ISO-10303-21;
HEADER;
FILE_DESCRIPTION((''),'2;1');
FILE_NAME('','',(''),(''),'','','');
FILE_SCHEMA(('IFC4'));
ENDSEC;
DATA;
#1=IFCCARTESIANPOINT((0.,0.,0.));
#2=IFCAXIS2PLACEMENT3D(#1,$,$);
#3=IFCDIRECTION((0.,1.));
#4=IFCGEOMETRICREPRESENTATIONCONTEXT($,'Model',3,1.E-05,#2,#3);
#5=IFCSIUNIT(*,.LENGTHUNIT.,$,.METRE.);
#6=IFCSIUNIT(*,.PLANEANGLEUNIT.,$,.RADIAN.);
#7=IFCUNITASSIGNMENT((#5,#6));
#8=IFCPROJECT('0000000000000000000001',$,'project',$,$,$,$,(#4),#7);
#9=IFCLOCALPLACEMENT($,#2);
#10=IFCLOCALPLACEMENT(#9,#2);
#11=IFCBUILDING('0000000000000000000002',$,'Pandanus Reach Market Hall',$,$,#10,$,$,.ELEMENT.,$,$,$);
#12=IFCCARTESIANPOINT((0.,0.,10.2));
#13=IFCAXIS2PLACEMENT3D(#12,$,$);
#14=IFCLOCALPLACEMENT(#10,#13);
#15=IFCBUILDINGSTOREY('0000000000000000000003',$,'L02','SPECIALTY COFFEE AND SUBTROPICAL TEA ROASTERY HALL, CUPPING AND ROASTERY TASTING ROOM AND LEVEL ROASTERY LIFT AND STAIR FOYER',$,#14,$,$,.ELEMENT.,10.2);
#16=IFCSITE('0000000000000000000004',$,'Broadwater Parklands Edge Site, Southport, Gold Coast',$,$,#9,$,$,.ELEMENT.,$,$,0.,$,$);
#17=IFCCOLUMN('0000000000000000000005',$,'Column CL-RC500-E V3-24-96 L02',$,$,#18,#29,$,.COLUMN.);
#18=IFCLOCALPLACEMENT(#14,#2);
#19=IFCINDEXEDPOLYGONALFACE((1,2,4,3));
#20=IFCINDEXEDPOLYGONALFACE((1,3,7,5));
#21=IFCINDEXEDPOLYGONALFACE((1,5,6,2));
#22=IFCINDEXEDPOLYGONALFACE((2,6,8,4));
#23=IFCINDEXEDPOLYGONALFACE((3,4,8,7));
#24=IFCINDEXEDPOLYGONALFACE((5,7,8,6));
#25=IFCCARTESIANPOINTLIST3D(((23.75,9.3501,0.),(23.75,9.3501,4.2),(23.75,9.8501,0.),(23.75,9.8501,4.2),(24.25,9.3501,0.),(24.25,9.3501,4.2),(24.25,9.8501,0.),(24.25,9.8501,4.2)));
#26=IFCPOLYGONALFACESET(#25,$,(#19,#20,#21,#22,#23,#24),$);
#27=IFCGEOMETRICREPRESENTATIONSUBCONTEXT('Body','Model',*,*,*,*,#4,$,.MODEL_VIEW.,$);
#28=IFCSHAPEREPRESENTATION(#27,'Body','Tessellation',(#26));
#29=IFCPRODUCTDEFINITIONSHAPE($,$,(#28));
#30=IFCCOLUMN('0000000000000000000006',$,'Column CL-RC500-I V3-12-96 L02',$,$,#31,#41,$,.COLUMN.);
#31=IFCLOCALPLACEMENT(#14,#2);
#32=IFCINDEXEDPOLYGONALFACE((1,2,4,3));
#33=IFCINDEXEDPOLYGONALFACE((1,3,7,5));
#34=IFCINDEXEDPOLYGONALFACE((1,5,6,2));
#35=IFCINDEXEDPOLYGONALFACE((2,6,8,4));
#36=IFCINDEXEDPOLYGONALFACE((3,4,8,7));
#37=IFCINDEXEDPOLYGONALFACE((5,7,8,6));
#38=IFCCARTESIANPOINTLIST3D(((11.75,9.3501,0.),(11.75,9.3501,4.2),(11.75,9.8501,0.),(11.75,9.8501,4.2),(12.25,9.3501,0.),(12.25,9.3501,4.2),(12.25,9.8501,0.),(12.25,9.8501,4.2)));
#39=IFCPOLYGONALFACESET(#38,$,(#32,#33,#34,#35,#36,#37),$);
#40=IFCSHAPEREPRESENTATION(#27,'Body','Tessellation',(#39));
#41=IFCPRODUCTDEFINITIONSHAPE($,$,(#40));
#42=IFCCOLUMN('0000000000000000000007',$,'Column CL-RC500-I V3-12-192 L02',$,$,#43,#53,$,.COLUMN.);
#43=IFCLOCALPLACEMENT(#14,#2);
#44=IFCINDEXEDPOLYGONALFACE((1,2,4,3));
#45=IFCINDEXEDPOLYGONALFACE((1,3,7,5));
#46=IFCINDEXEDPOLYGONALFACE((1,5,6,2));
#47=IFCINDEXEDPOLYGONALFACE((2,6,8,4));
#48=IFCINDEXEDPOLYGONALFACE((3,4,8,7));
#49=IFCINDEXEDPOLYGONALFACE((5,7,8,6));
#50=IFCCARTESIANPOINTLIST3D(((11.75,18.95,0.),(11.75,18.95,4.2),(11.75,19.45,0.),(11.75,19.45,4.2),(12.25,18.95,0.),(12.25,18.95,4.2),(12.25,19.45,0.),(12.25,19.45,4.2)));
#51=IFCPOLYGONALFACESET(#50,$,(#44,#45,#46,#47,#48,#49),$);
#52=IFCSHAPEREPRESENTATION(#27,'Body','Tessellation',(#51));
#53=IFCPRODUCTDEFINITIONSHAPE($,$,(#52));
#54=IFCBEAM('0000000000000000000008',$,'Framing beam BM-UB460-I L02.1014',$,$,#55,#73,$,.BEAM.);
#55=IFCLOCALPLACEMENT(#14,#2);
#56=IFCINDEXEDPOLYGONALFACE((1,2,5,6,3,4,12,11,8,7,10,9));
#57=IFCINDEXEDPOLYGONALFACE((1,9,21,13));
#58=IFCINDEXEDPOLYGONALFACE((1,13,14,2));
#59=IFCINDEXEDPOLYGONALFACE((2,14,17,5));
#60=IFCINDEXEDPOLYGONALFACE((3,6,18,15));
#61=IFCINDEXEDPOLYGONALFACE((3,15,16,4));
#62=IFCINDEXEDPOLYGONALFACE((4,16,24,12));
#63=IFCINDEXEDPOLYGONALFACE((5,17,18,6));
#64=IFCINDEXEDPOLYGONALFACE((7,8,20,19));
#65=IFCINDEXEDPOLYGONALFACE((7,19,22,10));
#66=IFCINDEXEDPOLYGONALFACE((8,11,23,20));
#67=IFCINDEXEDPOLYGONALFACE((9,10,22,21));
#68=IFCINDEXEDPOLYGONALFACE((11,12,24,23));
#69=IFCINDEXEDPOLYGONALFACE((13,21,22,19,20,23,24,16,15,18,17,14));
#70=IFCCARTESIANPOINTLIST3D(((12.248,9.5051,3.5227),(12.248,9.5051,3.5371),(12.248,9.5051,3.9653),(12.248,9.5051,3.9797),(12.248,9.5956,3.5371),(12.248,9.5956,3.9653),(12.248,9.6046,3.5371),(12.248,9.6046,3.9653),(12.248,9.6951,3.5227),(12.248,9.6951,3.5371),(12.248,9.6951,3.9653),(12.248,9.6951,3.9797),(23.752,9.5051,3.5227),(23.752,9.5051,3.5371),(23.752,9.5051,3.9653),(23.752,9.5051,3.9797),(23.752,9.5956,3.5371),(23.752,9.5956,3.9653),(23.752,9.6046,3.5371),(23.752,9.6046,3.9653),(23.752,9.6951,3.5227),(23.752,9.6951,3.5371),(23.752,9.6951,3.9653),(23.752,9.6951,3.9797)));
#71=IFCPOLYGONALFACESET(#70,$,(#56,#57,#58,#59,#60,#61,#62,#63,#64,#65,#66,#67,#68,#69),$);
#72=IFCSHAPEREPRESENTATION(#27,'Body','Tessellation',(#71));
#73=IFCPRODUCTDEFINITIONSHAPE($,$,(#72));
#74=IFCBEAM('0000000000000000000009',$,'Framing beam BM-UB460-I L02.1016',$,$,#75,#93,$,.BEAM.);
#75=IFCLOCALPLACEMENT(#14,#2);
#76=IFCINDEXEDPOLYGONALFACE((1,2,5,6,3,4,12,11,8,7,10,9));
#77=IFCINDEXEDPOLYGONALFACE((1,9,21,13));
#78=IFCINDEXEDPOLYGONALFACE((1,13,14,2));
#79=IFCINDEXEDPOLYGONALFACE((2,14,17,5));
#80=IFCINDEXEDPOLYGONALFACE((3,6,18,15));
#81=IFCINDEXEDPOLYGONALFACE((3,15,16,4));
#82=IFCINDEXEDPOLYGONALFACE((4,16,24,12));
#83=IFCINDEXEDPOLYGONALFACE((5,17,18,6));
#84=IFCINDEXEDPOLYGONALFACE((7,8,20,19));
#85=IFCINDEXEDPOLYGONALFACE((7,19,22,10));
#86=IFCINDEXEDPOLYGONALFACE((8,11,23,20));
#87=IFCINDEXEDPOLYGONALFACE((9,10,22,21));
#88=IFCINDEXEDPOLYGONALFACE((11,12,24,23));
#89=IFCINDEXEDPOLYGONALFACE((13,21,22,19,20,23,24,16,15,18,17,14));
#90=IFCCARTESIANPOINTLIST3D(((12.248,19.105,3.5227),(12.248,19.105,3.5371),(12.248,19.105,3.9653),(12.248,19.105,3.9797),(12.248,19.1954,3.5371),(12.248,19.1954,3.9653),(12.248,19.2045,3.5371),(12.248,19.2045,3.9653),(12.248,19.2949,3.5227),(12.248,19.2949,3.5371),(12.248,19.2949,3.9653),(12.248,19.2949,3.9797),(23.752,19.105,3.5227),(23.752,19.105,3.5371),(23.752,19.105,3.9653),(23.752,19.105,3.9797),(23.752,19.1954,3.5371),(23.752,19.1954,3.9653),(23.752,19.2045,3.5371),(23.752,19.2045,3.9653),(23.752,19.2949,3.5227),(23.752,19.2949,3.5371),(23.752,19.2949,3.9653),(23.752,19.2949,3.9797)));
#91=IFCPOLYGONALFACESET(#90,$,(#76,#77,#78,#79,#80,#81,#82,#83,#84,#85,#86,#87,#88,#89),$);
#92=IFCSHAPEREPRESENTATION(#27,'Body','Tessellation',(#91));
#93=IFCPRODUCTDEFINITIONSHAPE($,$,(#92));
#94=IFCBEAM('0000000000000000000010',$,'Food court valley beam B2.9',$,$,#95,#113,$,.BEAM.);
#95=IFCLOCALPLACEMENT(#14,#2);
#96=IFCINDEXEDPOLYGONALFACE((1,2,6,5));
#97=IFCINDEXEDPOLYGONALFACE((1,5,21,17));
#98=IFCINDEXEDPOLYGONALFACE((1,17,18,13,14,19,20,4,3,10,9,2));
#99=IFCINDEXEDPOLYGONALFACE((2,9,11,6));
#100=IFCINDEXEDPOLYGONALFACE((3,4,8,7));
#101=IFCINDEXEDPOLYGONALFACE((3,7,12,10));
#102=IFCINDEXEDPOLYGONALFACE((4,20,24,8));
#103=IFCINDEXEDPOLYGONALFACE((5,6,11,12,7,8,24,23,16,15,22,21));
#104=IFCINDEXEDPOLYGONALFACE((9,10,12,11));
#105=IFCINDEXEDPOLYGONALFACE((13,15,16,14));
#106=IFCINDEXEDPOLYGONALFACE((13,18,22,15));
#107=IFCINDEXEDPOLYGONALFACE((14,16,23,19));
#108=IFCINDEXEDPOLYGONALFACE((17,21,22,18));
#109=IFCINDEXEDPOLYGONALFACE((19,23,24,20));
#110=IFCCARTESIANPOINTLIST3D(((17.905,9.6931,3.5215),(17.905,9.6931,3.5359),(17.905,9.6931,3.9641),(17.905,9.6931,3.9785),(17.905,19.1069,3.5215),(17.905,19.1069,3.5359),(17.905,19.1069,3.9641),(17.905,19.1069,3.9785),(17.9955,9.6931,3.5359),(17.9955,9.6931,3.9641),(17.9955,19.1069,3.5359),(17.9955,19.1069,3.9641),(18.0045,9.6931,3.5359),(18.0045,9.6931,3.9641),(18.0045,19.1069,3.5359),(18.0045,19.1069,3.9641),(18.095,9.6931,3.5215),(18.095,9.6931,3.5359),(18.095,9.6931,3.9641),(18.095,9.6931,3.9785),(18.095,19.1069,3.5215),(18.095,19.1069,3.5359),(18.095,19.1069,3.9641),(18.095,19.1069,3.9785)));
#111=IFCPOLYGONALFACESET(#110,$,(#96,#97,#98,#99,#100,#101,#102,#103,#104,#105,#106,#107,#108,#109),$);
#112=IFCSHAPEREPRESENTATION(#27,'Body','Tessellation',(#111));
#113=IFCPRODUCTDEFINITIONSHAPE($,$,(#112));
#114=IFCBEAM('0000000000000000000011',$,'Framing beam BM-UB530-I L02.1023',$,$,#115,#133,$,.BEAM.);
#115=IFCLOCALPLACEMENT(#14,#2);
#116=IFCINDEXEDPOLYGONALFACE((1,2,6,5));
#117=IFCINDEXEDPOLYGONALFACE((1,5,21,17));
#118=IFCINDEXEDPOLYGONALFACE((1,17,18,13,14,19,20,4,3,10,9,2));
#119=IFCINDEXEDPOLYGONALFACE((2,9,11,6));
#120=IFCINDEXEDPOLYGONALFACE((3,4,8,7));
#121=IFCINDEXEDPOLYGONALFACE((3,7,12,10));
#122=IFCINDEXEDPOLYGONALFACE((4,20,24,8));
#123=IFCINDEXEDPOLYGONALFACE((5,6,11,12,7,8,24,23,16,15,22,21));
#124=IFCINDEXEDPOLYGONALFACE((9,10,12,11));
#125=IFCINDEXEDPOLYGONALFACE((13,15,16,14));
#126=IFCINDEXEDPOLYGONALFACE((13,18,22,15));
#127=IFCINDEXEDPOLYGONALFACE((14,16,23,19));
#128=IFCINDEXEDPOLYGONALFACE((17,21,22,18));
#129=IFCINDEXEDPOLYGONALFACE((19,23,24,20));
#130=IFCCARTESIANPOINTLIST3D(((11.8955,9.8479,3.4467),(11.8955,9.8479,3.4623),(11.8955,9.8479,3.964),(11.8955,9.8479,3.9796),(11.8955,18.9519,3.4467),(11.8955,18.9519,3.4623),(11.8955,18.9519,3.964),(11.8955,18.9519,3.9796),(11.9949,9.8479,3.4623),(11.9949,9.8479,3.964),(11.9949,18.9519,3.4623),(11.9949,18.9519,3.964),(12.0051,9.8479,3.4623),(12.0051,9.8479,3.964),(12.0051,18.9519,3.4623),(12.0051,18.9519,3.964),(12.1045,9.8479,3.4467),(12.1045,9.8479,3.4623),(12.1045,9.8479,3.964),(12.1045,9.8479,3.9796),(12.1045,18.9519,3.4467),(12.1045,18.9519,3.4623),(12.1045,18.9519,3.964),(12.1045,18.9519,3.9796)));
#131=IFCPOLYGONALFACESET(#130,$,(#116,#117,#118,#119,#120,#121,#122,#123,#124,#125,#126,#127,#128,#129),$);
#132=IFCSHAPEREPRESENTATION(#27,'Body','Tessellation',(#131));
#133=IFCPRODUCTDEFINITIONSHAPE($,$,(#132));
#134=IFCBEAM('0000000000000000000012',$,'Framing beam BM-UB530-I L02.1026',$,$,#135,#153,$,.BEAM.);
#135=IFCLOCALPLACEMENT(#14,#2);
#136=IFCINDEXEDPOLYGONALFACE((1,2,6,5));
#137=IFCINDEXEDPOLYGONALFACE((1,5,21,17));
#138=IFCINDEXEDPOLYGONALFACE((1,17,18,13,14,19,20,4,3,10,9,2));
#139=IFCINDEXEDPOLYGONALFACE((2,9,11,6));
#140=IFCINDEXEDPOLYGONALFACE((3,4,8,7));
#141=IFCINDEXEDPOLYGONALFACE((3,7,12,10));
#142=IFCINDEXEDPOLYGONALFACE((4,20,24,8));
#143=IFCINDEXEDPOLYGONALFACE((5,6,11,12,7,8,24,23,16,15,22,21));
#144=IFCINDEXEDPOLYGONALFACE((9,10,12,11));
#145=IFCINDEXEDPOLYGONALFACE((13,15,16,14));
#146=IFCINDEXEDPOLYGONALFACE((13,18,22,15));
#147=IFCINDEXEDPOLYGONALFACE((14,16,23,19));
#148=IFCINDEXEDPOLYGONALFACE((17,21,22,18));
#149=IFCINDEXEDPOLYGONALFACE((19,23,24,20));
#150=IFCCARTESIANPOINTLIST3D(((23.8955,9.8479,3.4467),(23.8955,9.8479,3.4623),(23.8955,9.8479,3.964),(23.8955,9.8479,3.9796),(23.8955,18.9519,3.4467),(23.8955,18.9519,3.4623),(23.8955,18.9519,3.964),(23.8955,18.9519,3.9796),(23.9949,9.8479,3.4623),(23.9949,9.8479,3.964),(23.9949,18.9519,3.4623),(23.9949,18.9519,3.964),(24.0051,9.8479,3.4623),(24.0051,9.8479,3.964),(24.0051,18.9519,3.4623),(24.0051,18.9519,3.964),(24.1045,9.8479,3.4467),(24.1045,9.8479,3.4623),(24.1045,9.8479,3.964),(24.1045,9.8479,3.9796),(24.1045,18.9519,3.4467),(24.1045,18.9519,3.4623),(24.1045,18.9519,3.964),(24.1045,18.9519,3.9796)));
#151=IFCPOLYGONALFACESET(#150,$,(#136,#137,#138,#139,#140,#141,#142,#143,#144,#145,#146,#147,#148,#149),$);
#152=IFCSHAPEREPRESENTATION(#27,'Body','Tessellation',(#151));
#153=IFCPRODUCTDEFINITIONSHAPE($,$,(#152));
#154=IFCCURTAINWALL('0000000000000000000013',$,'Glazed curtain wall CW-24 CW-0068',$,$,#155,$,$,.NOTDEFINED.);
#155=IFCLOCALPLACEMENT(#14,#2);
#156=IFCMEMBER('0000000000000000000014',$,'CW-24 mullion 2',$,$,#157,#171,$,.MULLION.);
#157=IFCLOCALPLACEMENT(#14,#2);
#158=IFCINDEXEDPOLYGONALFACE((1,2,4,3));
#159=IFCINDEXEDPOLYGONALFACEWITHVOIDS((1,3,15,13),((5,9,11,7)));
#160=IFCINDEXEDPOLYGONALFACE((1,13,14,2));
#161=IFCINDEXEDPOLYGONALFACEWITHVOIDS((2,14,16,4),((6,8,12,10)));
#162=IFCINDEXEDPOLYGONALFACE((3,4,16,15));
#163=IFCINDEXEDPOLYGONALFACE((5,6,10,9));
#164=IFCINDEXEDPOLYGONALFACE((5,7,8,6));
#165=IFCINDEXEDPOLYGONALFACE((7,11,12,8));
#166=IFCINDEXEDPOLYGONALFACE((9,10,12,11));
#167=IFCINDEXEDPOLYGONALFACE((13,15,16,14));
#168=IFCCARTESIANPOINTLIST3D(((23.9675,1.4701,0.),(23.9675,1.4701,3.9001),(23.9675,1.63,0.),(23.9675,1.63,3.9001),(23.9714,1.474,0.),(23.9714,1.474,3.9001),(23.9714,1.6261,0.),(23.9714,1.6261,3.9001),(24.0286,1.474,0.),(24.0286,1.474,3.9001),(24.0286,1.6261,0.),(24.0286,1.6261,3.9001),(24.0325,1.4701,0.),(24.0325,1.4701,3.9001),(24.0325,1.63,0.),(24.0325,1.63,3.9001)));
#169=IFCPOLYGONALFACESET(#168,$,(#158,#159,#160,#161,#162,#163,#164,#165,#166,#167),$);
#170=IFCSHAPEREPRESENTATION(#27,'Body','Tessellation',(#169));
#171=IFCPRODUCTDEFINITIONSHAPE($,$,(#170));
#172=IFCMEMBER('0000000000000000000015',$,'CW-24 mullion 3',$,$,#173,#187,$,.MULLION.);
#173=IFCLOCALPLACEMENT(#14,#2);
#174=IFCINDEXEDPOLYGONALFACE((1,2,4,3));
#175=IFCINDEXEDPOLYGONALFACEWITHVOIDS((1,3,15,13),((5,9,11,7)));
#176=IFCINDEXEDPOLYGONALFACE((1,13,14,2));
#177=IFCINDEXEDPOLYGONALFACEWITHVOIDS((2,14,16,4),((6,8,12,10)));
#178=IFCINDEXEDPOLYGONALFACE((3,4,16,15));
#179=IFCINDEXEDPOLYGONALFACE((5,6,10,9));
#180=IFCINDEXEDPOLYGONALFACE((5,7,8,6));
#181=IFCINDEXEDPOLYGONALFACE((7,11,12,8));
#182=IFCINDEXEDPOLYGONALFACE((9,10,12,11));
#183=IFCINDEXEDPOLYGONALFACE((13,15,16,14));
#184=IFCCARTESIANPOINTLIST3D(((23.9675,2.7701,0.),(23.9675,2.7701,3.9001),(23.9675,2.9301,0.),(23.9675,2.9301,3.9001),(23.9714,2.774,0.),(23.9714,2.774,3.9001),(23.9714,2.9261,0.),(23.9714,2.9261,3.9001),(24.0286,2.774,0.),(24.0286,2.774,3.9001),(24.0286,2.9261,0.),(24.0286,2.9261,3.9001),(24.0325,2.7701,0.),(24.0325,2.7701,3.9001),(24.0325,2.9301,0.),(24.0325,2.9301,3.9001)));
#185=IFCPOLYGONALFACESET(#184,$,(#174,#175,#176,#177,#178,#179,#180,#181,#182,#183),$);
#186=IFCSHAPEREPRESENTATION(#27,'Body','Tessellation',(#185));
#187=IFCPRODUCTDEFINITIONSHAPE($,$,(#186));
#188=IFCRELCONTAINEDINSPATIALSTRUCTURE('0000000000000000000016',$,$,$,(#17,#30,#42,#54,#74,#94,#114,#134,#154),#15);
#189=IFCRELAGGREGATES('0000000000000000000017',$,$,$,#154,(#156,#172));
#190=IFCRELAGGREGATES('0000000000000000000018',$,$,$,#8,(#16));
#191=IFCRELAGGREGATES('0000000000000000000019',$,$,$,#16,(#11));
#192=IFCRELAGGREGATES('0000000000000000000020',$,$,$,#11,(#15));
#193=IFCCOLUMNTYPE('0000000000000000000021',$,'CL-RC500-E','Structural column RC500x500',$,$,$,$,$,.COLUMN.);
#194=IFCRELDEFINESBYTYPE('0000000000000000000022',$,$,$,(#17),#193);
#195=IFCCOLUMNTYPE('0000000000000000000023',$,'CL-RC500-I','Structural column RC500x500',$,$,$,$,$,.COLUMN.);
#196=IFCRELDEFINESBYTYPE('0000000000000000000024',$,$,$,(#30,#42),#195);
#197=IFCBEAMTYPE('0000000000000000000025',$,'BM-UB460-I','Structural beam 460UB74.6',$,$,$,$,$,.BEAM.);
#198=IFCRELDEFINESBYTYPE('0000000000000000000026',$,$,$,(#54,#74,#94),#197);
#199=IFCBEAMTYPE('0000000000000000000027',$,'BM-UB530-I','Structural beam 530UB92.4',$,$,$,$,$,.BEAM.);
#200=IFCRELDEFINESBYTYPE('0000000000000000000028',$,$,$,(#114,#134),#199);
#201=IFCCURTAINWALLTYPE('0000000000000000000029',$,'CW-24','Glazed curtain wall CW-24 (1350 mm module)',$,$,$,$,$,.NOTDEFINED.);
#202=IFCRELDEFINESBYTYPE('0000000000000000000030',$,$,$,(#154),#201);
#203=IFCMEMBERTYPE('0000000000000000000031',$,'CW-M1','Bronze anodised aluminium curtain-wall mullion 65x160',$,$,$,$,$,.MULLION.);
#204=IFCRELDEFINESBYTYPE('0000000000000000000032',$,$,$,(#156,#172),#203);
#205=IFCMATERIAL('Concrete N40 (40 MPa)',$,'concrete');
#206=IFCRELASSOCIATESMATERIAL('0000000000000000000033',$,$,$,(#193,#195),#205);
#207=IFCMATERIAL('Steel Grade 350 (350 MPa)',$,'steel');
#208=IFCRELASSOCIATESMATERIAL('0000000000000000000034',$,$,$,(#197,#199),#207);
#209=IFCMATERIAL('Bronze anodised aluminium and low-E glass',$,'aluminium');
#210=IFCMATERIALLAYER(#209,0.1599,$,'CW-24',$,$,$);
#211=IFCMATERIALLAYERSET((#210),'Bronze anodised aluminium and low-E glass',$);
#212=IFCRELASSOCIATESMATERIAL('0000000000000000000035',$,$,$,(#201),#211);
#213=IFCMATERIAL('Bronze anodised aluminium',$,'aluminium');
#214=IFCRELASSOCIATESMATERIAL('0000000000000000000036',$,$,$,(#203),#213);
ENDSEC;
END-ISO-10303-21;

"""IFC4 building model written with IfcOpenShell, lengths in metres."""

from ifc_helpers import new_model, si_unit, direction, frame, origin, origin_2d, place, context, subcontext, project, spatial, rectangle, hollow_rectangle, i_section, extrude, material, layer, layer_set, material_profile, profile_set, type_object, element, aggregate, save


model = new_model("IFC4")

# Units and contexts
model_context = context("Model", 3, precision=1e-05, world=origin(), true_north=direction((0.0, 1.0)))
body_context = subcontext(model_context, "Body", "Model", "MODEL_VIEW")
ifc_project = project(units=[si_unit("LENGTHUNIT", "METRE"), si_unit("PLANEANGLEUNIT", "RADIAN")], contexts=[model_context])

# Site, building, storey
site_placement = place(None, origin())
site = spatial("IfcSite", under=ifc_project, at=site_placement, Name="Broadwater Parklands Edge Site, Southport, Gold Coast", CompositionType="ELEMENT", RefElevation=0.0)
building_placement = place(site_placement, origin())
building = spatial("IfcBuilding", under=site, at=building_placement, Name="Pandanus Reach Market Hall", CompositionType="ELEMENT")
storey_placement = place(building_placement, frame((0.0, 0.0, 10.2)))
storey = spatial("IfcBuildingStorey", under=building, at=storey_placement, Name="L02", Description="SPECIALTY COFFEE AND SUBTROPICAL TEA ROASTERY HALL, CUPPING AND ROASTERY TASTING ROOM AND LEVEL ROASTERY LIFT AND STAIR FOYER", CompositionType="ELEMENT", Elevation=10.2)

# Columns
ifc_material_1 = material(Name="Concrete N40 (40 MPa)", Category="concrete")
ifc_material_profile_1 = material_profile(ifc_material_1, rectangle(XDim=0.5, YDim=0.5, at=origin_2d()), Name="RC500x500", Category="LoadBearing")
ifc_profile_set_1 = profile_set([ifc_material_profile_1], Name="Concrete N40 (40 MPa)")
column_type_1 = type_object("IfcColumnType", Name="CL-RC500-E", Description="Structural column RC500x500", PredefinedType="COLUMN", material=ifc_profile_set_1)
column_placement = place(storey_placement, frame((24.0, 9.6001, 0.0), z_axis=(0.0, 0.0, 1.0), x_axis=(1.0, 0.0, 0.0)))
element("IfcColumn", 1, at=column_placement, inside=storey, type_object=column_type_1, Name="Column CL-RC500-E V3-24-96 L02", PredefinedType="COLUMN", context=body_context, shape_type="SweptSolid", body=[
    extrude(rectangle(XDim=0.5, YDim=0.5, at=origin_2d()), origin(), (0.0, 0.0, 1.0), 4.2),
])
ifc_material_profile_2 = material_profile(ifc_material_1, rectangle(XDim=0.5, YDim=0.5, at=origin_2d()), Name="RC500x500", Category="LoadBearing")
ifc_profile_set_2 = profile_set([ifc_material_profile_2], Name="Concrete N40 (40 MPa)")
column_type_2 = type_object("IfcColumnType", Name="CL-RC500-I", Description="Structural column RC500x500", PredefinedType="COLUMN", material=ifc_profile_set_2)
for number, where, z_axis, x_axis, name in (
    (2, (12.0, 9.6001, 0.0), (0.0, 0.0, 1.0), (1.0, 0.0, 0.0), "Column CL-RC500-I V3-12-96 L02"),
    (3, (12.0, 19.2, 0.0), (0.0, 0.0, 1.0), (1.0, 0.0, 0.0), "Column CL-RC500-I V3-12-192 L02"),
):
    element("IfcColumn", number, at=place(storey_placement, frame(where, z_axis=z_axis, x_axis=x_axis)), inside=storey, type_object=column_type_2, Name=name, PredefinedType="COLUMN", context=body_context, shape_type="SweptSolid", body=[
        extrude(rectangle(XDim=0.5, YDim=0.5, at=origin_2d()), origin(), (0.0, 0.0, 1.0), 4.2),
    ])

# Beams
ifc_material_2 = material(Name="Steel Grade 350 (350 MPa)", Category="steel")
ifc_material_profile_3 = material_profile(ifc_material_2, i_section(OverallWidth=0.1899, OverallDepth=0.457, WebThickness=0.009, FlangeThickness=0.0144, at=origin_2d()), Name="460UB74.6", Category="LoadBearing")
ifc_profile_set_3 = profile_set([ifc_material_profile_3], Name="Steel Grade 350 (350 MPa)")
beam_type_1 = type_object("IfcBeamType", Name="BM-UB460-I", Description="Structural beam 460UB74.6", PredefinedType="BEAM", material=ifc_profile_set_3)
for number, where, z_axis, x_axis, name in (
    (4, (12.248, 9.6001, 3.7512), (1.0, 0.0, 0.0), (0.0, 1.0, 0.0), "Framing beam BM-UB460-I L02.1014"),
    (5, (12.248, 19.2, 3.7512), (1.0, 0.0, 0.0), (0.0, 1.0, 0.0), "Framing beam BM-UB460-I L02.1016"),
):
    element("IfcBeam", number, at=place(storey_placement, frame(where, z_axis=z_axis, x_axis=x_axis)), inside=storey, type_object=beam_type_1, Name=name, PredefinedType="BEAM", context=body_context, shape_type="SweptSolid", body=[
        extrude(i_section(OverallWidth=0.1899, OverallDepth=0.457, WebThickness=0.009, FlangeThickness=0.0144, at=origin_2d()), origin(), (0.0, 0.0, 1.0), 11.5039),
    ])
beam_placement = place(storey_placement, frame((18.0, 9.6931, 3.75), z_axis=(0.0, 1.0, 0.0), x_axis=(-1.0, 0.0, 0.0)))
element("IfcBeam", 6, at=beam_placement, inside=storey, type_object=beam_type_1, Name="Food court valley beam B2.9", PredefinedType="BEAM", context=body_context, shape_type="SweptSolid", body=[
    extrude(i_section(OverallWidth=0.1899, OverallDepth=0.457, WebThickness=0.009, FlangeThickness=0.0144, at=origin_2d()), origin(), (0.0, 0.0, 1.0), 9.4138),
])
ifc_material_profile_4 = material_profile(ifc_material_2, i_section(OverallWidth=0.209, OverallDepth=0.533, WebThickness=0.0103, FlangeThickness=0.0156, at=origin_2d()), Name="530UB92.4", Category="LoadBearing")
ifc_profile_set_4 = profile_set([ifc_material_profile_4], Name="Steel Grade 350 (350 MPa)")
beam_type_2 = type_object("IfcBeamType", Name="BM-UB530-I", Description="Structural beam 530UB92.4", PredefinedType="BEAM", material=ifc_profile_set_4)
for number, where, z_axis, x_axis, name in (
    (7, (12.0, 9.8479, 3.7131), (0.0, 1.0, 0.0), (-1.0, 0.0, 0.0), "Framing beam BM-UB530-I L02.1023"),
    (8, (24.0, 9.8479, 3.7131), (0.0, 1.0, 0.0), (-1.0, 0.0, 0.0), "Framing beam BM-UB530-I L02.1026"),
):
    element("IfcBeam", number, at=place(storey_placement, frame(where, z_axis=z_axis, x_axis=x_axis)), inside=storey, type_object=beam_type_2, Name=name, PredefinedType="BEAM", context=body_context, shape_type="SweptSolid", body=[
        extrude(i_section(OverallWidth=0.209, OverallDepth=0.533, WebThickness=0.0103, FlangeThickness=0.0156, at=origin_2d()), origin(), (0.0, 0.0, 1.0), 9.104),
    ])

# Curtain wall, members
ifc_material_3 = material(Name="Bronze anodised aluminium and low-E glass", Category="aluminium")
ifc_layer_1 = layer(ifc_material_3, 0.1599, Name="CW-24")
ifc_layer_set_1 = layer_set([ifc_layer_1], Name="Bronze anodised aluminium and low-E glass")
curtain_wall_type = type_object("IfcCurtainWallType", Name="CW-24", Description="Glazed curtain wall CW-24 (1350 mm module)", PredefinedType="NOTDEFINED", material=ifc_layer_set_1)
curtain_wall_placement = place(storey_placement, origin())
curtain_wall = element("IfcCurtainWall", 9, at=curtain_wall_placement, inside=storey, type_object=curtain_wall_type, Name="Glazed curtain wall CW-24 CW-0068", PredefinedType="NOTDEFINED")
ifc_material_4 = material(Name="Bronze anodised aluminium", Category="aluminium")
ifc_material_profile_5 = material_profile(ifc_material_4, hollow_rectangle(XDim=0.0649, YDim=0.1599, WallThickness=0.0039, at=origin_2d()), Name="ALU65x160", Category="LoadBearing")
ifc_profile_set_5 = profile_set([ifc_material_profile_5], Name="Bronze anodised aluminium")
member_type_1 = type_object("IfcMemberType", Name="CW-M1", Description="Bronze anodised aluminium curtain-wall mullion 65x160", PredefinedType="MULLION", material=ifc_profile_set_5)
member_1_placement = place(storey_placement, frame((24.0, 1.55, 0.0), z_axis=(0.0, 0.0, 1.0), x_axis=(-1.0, 0.0, 0.0)))
member_1 = element("IfcMember", 10, at=member_1_placement, type_object=member_type_1, Name="CW-24 mullion 2", PredefinedType="MULLION", context=body_context, shape_type="SweptSolid", body=[
    extrude(hollow_rectangle(XDim=0.0649, YDim=0.1599, WallThickness=0.0039, at=origin_2d()), origin(), (0.0, 0.0, 1.0), 3.9001),
])
member_2_placement = place(storey_placement, frame((24.0, 2.8501, 0.0), z_axis=(0.0, 0.0, 1.0), x_axis=(-1.0, 0.0, 0.0)))
member_2 = element("IfcMember", 11, at=member_2_placement, type_object=member_type_1, Name="CW-24 mullion 3", PredefinedType="MULLION", context=body_context, shape_type="SweptSolid", body=[
    extrude(hollow_rectangle(XDim=0.0649, YDim=0.1599, WallThickness=0.0039, at=origin_2d()), origin(), (0.0, 0.0, 1.0), 3.9001),
])

aggregate(curtain_wall, [member_1, member_2])

save(model, "model.ifc")
